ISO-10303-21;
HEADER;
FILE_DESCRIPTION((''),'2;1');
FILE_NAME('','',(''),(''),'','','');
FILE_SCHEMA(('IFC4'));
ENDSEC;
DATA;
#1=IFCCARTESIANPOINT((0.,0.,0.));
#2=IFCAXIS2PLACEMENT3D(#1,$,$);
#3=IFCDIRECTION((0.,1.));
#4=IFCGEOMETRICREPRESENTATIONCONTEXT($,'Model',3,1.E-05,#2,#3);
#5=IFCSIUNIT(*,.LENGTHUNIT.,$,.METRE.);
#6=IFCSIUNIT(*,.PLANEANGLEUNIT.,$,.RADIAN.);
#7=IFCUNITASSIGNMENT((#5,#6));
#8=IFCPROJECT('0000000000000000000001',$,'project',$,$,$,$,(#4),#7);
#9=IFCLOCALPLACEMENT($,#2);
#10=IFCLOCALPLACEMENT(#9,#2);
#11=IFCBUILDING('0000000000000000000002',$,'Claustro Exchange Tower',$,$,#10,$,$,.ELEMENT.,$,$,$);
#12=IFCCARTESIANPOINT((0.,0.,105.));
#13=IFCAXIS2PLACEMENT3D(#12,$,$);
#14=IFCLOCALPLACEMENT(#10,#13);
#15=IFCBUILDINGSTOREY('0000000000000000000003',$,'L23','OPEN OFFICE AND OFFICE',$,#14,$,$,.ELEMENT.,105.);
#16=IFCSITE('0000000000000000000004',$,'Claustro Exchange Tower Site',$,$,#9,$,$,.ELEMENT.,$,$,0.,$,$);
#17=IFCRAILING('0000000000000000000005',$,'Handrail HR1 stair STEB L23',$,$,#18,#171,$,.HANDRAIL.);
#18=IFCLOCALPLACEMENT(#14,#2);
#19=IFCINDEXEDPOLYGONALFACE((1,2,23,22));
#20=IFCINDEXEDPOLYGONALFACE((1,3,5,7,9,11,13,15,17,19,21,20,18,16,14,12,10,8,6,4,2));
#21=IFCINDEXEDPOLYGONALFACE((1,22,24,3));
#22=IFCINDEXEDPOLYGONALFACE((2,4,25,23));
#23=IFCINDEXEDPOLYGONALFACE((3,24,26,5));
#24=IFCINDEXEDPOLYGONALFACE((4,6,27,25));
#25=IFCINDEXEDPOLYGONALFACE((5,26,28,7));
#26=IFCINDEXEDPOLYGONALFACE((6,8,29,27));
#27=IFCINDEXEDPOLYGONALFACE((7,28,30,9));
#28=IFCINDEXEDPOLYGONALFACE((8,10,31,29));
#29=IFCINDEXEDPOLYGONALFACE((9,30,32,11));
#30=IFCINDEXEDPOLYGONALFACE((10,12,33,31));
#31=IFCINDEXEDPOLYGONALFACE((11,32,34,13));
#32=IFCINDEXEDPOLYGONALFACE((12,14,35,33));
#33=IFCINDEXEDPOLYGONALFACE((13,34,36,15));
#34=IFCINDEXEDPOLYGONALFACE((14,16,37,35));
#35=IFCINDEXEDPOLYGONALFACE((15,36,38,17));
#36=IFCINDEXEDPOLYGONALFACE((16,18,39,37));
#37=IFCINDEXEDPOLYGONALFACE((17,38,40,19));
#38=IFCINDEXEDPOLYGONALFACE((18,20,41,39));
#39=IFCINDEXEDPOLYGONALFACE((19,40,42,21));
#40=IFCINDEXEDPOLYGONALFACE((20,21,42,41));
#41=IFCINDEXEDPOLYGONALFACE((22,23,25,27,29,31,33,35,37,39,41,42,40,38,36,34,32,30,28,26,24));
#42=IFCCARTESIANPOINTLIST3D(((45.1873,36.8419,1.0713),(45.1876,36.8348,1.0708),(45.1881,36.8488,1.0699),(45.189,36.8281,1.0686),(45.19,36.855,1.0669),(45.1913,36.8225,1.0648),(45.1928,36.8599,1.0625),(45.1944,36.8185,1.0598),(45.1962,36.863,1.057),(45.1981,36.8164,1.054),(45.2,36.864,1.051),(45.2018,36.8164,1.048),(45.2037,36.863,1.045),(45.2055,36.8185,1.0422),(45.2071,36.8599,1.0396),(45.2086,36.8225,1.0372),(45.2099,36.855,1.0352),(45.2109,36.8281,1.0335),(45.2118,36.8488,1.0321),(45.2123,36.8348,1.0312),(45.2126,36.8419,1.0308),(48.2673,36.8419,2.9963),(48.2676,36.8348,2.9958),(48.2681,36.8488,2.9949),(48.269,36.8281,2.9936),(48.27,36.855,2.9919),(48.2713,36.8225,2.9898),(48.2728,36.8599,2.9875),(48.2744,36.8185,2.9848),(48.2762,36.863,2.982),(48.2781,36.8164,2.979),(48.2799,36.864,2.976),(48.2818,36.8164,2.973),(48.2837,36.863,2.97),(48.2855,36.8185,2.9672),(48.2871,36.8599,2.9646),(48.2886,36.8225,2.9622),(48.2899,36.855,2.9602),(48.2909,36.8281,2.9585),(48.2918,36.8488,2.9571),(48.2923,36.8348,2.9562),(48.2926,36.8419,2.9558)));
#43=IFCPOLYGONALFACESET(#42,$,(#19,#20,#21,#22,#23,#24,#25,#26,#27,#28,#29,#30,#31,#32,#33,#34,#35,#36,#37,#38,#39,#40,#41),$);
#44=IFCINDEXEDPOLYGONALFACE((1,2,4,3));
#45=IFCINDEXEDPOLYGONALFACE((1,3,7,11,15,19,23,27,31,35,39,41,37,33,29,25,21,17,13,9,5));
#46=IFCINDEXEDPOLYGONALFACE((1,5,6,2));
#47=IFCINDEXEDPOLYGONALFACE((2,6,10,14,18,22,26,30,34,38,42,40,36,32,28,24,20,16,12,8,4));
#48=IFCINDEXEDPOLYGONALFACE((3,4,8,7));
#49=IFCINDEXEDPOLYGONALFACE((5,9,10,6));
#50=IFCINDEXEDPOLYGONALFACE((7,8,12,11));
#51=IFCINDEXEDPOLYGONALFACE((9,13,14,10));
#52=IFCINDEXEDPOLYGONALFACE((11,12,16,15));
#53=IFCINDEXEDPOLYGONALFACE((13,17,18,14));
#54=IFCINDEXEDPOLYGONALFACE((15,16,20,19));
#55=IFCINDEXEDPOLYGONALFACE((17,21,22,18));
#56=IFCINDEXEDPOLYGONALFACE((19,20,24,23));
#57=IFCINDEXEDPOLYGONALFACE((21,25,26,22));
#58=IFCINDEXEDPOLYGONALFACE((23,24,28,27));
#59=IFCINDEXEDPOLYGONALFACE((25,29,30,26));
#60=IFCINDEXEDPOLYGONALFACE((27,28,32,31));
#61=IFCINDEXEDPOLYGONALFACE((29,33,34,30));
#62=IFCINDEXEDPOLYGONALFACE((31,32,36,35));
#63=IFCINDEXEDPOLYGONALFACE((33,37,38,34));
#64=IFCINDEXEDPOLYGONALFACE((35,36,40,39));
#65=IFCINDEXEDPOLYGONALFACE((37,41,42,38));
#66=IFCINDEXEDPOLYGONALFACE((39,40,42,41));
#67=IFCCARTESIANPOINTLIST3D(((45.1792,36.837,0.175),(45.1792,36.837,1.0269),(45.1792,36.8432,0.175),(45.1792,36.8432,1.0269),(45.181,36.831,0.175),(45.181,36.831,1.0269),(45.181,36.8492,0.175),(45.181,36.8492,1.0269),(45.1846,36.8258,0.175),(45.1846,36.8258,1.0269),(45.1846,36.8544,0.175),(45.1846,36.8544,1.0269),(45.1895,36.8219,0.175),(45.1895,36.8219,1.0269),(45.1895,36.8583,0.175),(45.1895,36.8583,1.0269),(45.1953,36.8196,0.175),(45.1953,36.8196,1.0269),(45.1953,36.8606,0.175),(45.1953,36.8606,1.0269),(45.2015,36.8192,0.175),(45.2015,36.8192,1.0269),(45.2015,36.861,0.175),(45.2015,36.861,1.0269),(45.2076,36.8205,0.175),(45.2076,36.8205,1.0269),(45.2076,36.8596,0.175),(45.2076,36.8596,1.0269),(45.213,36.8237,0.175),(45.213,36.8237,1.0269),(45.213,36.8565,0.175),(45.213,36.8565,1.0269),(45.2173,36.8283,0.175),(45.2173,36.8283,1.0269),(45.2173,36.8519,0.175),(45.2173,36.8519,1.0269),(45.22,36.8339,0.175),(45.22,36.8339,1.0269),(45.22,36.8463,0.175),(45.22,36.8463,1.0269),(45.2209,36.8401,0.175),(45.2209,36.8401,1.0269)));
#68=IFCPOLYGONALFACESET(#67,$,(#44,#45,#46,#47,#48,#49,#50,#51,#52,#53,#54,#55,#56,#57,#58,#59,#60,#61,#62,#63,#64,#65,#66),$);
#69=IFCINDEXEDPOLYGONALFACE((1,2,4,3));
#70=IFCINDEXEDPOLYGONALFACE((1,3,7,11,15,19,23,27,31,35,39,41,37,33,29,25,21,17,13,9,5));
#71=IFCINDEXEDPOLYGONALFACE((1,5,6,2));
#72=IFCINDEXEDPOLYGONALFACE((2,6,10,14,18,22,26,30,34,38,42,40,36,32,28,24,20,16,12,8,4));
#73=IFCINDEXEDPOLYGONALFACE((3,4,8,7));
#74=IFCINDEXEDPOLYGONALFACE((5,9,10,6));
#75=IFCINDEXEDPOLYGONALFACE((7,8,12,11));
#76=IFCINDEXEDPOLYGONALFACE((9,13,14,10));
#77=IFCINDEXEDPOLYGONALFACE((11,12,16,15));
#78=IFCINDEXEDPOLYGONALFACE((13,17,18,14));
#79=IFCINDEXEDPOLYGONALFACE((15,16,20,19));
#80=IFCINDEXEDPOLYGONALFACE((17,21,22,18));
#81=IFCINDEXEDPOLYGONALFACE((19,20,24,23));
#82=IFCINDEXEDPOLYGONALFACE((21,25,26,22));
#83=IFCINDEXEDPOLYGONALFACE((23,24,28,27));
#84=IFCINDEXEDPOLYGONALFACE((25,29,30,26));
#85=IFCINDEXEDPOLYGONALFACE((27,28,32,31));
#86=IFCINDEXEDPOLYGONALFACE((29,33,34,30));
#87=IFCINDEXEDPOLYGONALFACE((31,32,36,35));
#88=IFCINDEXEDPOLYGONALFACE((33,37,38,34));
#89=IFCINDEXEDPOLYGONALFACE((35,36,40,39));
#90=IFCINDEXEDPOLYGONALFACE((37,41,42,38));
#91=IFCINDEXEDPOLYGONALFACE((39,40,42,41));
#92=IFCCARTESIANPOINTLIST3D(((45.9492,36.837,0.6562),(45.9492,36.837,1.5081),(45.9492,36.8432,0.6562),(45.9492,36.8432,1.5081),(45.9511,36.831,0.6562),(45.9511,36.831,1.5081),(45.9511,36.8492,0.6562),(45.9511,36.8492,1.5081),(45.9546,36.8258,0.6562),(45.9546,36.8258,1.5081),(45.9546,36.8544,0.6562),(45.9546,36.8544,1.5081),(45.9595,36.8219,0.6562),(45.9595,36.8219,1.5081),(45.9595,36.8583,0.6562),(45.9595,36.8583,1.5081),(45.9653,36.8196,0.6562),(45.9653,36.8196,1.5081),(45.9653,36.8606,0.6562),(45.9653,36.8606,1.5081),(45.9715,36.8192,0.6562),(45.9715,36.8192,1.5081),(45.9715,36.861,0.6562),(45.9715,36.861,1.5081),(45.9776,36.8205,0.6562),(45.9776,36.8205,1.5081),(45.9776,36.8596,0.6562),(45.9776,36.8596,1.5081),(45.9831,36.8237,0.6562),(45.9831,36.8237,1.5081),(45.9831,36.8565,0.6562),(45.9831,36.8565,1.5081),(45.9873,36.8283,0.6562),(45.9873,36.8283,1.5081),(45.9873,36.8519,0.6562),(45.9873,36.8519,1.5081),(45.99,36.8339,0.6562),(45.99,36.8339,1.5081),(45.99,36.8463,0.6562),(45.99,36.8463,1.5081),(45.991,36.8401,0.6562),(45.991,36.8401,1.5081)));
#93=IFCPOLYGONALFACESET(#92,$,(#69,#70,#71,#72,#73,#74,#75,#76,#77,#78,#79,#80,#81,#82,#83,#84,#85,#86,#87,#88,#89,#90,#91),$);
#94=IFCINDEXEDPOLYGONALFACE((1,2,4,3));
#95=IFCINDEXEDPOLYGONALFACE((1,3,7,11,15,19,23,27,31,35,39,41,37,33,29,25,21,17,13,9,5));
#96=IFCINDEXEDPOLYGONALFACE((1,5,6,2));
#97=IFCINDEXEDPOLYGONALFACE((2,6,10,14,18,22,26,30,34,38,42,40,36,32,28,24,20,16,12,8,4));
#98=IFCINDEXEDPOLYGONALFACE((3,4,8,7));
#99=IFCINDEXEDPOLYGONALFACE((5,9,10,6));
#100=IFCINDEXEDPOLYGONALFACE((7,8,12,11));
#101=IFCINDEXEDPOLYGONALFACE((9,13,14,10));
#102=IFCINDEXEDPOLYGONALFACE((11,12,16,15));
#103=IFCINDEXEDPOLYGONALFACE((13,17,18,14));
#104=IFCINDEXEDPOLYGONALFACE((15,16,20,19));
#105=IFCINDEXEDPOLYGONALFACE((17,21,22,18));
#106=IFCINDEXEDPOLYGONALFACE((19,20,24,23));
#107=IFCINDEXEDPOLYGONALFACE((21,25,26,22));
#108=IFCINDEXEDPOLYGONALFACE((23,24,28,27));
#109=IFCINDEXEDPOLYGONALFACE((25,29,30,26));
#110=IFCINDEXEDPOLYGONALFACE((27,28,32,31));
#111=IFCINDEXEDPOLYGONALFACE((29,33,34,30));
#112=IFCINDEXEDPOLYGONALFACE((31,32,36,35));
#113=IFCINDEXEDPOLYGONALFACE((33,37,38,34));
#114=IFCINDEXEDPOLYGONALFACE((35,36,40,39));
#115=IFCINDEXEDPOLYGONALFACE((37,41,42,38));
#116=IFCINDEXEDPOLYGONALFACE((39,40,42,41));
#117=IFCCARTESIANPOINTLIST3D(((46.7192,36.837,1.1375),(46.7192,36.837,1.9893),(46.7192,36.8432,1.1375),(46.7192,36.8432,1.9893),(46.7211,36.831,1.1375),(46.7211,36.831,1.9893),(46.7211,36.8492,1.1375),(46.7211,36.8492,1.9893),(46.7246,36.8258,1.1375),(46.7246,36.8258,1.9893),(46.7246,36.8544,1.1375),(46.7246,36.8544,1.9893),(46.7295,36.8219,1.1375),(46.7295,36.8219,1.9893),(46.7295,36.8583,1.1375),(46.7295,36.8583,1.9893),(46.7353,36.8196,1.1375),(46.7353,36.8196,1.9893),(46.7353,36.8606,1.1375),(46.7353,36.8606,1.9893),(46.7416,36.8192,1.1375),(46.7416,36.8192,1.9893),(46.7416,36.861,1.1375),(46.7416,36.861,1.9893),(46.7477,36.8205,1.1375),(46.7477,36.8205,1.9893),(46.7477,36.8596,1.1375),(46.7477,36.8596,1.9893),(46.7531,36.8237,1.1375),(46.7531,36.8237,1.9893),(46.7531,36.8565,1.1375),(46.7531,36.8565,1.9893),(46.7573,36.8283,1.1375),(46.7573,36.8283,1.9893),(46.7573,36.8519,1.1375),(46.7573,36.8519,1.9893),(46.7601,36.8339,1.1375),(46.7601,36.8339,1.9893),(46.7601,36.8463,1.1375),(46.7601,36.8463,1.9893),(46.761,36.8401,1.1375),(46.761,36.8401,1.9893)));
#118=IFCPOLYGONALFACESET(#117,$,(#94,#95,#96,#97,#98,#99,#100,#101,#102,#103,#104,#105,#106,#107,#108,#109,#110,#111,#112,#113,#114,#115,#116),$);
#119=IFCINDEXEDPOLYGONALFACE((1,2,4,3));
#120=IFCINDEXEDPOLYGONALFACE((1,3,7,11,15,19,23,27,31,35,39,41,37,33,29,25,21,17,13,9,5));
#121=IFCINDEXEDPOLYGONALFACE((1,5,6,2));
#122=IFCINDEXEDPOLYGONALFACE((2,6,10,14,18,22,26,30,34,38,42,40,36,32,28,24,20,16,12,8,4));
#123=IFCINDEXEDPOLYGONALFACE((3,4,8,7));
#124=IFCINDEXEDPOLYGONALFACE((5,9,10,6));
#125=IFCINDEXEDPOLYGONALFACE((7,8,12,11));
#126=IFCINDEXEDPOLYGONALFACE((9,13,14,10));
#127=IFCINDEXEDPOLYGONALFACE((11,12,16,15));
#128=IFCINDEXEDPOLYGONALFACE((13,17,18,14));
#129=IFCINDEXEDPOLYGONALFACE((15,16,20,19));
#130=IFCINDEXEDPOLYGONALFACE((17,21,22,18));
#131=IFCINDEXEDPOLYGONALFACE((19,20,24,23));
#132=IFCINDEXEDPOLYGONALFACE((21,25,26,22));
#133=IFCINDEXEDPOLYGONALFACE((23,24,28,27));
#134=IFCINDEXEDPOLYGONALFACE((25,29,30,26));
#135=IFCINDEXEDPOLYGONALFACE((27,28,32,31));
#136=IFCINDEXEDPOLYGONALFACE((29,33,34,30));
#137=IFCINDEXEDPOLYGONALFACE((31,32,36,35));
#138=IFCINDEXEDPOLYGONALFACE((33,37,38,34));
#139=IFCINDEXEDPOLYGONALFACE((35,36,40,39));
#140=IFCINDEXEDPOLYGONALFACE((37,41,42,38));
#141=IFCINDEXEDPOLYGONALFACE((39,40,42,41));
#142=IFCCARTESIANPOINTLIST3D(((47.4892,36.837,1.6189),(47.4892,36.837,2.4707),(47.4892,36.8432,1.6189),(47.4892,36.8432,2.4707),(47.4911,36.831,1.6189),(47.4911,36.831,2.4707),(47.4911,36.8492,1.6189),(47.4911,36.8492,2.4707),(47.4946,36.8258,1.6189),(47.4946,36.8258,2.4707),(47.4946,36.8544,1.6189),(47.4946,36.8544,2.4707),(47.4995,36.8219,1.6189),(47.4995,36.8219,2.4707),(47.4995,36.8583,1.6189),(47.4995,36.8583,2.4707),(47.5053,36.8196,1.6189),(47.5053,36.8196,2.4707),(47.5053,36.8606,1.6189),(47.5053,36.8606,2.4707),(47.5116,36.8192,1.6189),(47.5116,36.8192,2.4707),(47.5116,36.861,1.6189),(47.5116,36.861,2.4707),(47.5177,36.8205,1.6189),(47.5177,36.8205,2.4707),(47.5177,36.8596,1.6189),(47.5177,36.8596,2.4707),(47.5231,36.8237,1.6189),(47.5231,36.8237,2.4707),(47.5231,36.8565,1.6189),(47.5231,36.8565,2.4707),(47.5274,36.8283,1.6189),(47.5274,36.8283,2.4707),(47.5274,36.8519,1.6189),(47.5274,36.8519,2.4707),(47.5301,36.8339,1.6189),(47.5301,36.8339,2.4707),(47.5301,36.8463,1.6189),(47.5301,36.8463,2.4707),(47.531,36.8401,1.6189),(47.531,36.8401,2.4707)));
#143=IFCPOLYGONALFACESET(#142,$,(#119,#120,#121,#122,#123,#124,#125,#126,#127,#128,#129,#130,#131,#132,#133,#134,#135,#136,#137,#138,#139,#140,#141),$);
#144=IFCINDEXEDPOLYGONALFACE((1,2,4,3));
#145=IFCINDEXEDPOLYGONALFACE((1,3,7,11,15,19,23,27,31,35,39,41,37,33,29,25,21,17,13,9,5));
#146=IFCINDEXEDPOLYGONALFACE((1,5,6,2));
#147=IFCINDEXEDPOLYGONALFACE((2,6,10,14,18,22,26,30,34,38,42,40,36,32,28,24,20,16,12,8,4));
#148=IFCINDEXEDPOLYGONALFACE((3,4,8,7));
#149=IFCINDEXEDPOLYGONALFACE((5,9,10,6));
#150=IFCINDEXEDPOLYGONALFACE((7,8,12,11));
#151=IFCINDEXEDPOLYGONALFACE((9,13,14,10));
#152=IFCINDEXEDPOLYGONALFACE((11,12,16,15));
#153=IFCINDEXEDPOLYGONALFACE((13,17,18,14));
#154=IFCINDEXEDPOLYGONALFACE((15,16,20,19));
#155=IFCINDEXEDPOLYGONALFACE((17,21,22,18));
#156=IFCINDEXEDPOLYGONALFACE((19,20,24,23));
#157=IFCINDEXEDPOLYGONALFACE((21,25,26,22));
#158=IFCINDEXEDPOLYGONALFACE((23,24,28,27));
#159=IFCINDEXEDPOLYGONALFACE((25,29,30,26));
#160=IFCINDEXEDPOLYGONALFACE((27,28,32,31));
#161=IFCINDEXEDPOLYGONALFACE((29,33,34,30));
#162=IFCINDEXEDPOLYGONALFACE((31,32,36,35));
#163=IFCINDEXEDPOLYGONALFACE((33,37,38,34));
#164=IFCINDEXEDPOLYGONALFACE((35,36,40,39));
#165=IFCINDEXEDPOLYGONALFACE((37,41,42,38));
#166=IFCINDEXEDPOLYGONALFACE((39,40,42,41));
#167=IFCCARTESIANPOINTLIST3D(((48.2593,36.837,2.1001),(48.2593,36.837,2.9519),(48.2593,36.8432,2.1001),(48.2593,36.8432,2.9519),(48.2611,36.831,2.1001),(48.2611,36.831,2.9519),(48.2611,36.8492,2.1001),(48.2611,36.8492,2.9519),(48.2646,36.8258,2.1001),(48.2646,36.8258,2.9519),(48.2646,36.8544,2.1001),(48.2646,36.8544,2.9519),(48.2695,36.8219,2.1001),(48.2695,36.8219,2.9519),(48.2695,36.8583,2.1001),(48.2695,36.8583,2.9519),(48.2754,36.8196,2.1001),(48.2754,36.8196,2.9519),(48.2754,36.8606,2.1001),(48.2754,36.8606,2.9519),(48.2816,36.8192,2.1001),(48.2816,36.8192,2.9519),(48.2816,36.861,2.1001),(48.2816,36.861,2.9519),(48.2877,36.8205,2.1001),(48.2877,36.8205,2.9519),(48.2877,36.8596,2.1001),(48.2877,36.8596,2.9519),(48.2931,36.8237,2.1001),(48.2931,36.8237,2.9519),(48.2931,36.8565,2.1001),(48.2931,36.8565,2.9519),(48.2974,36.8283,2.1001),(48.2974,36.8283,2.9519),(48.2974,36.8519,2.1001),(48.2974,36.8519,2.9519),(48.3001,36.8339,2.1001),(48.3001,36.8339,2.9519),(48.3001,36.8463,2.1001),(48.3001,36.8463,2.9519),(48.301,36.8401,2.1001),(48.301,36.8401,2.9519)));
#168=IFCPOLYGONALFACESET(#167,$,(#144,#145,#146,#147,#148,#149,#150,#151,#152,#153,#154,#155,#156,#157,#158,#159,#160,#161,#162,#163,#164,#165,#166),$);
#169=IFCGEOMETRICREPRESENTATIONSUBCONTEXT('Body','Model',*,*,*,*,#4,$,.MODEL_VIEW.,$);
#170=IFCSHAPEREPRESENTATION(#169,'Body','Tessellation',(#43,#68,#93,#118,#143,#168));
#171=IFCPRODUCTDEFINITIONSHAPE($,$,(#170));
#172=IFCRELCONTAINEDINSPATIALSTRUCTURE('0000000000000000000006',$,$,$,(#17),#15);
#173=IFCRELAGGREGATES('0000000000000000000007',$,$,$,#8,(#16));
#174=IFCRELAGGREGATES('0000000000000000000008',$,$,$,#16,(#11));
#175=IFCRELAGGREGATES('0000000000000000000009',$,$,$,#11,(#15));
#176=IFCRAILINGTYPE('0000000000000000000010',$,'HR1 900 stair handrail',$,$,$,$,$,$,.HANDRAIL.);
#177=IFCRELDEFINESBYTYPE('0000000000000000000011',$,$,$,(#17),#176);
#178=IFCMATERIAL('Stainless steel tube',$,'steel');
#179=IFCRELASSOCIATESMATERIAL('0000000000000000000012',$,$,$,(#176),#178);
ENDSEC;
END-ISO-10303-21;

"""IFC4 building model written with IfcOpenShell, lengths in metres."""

from ifc_helpers import new_model, si_unit, direction, frame, origin, origin_2d, place, context, subcontext, project, spatial, circle, extrude, material, type_object, element, save


model = new_model("IFC4")

# Units and contexts
model_context = context("Model", 3, precision=1e-05, world=origin(), true_north=direction((0.0, 1.0)))
body_context = subcontext(model_context, "Body", "Model", "MODEL_VIEW")
ifc_project = project(units=[si_unit("LENGTHUNIT", "METRE"), si_unit("PLANEANGLEUNIT", "RADIAN")], contexts=[model_context])

# Site, building, storey
site_placement = place(None, origin())
site = spatial("IfcSite", under=ifc_project, at=site_placement, Name="Claustro Exchange Tower Site", CompositionType="ELEMENT", RefElevation=0.0)
building_placement = place(site_placement, origin())
building = spatial("IfcBuilding", under=site, at=building_placement, Name="Claustro Exchange Tower", CompositionType="ELEMENT")
storey_placement = place(building_placement, frame((0.0, 0.0, 105.0)))
storey = spatial("IfcBuildingStorey", under=building, at=storey_placement, Name="L23", Description="OPEN OFFICE AND OFFICE", CompositionType="ELEMENT", Elevation=105.0)

# Railing
ifc_material_1 = material(Name="Stainless steel tube", Category="steel")
railing_type_1 = type_object("IfcRailingType", Name="HR1 900 stair handrail", PredefinedType="HANDRAIL", material=ifc_material_1)
railing_1_placement = place(storey_placement, frame((45.2, 36.8401, 0.175)))
element("IfcRailing", 1, at=railing_1_placement, inside=storey, type_object=railing_type_1, Name="Handrail HR1 stair STEB L23", PredefinedType="HANDRAIL", context=body_context, shape_type="SweptSolid", body=[
    extrude(circle(Radius=0.0239, at=origin_2d()), frame((0.0, 0.0, 0.876), z_axis=(0.847998, 0.0, 0.529999), x_axis=(0.0, 1.0, 0.0)), (0.0, 0.0, 1.0), 3.6321),
    extrude(circle(Radius=0.021, at=origin_2d()), origin(), (0.0, 0.0, 1.0), 0.8518),
    extrude(circle(Radius=0.021, at=origin_2d()), frame((0.77, 0.0, 0.4812)), (0.0, 0.0, 1.0), 0.8518),
    extrude(circle(Radius=0.021, at=origin_2d()), frame((1.54, 0.0, 0.9624)), (0.0, 0.0, 1.0), 0.8518),
    extrude(circle(Radius=0.021, at=origin_2d()), frame((2.3101, 0.0, 1.4438)), (0.0, 0.0, 1.0), 0.8518),
    extrude(circle(Radius=0.021, at=origin_2d()), frame((3.0801, 0.0, 1.925)), (0.0, 0.0, 1.0), 0.8518),
])

save(model, "model.ifc")
